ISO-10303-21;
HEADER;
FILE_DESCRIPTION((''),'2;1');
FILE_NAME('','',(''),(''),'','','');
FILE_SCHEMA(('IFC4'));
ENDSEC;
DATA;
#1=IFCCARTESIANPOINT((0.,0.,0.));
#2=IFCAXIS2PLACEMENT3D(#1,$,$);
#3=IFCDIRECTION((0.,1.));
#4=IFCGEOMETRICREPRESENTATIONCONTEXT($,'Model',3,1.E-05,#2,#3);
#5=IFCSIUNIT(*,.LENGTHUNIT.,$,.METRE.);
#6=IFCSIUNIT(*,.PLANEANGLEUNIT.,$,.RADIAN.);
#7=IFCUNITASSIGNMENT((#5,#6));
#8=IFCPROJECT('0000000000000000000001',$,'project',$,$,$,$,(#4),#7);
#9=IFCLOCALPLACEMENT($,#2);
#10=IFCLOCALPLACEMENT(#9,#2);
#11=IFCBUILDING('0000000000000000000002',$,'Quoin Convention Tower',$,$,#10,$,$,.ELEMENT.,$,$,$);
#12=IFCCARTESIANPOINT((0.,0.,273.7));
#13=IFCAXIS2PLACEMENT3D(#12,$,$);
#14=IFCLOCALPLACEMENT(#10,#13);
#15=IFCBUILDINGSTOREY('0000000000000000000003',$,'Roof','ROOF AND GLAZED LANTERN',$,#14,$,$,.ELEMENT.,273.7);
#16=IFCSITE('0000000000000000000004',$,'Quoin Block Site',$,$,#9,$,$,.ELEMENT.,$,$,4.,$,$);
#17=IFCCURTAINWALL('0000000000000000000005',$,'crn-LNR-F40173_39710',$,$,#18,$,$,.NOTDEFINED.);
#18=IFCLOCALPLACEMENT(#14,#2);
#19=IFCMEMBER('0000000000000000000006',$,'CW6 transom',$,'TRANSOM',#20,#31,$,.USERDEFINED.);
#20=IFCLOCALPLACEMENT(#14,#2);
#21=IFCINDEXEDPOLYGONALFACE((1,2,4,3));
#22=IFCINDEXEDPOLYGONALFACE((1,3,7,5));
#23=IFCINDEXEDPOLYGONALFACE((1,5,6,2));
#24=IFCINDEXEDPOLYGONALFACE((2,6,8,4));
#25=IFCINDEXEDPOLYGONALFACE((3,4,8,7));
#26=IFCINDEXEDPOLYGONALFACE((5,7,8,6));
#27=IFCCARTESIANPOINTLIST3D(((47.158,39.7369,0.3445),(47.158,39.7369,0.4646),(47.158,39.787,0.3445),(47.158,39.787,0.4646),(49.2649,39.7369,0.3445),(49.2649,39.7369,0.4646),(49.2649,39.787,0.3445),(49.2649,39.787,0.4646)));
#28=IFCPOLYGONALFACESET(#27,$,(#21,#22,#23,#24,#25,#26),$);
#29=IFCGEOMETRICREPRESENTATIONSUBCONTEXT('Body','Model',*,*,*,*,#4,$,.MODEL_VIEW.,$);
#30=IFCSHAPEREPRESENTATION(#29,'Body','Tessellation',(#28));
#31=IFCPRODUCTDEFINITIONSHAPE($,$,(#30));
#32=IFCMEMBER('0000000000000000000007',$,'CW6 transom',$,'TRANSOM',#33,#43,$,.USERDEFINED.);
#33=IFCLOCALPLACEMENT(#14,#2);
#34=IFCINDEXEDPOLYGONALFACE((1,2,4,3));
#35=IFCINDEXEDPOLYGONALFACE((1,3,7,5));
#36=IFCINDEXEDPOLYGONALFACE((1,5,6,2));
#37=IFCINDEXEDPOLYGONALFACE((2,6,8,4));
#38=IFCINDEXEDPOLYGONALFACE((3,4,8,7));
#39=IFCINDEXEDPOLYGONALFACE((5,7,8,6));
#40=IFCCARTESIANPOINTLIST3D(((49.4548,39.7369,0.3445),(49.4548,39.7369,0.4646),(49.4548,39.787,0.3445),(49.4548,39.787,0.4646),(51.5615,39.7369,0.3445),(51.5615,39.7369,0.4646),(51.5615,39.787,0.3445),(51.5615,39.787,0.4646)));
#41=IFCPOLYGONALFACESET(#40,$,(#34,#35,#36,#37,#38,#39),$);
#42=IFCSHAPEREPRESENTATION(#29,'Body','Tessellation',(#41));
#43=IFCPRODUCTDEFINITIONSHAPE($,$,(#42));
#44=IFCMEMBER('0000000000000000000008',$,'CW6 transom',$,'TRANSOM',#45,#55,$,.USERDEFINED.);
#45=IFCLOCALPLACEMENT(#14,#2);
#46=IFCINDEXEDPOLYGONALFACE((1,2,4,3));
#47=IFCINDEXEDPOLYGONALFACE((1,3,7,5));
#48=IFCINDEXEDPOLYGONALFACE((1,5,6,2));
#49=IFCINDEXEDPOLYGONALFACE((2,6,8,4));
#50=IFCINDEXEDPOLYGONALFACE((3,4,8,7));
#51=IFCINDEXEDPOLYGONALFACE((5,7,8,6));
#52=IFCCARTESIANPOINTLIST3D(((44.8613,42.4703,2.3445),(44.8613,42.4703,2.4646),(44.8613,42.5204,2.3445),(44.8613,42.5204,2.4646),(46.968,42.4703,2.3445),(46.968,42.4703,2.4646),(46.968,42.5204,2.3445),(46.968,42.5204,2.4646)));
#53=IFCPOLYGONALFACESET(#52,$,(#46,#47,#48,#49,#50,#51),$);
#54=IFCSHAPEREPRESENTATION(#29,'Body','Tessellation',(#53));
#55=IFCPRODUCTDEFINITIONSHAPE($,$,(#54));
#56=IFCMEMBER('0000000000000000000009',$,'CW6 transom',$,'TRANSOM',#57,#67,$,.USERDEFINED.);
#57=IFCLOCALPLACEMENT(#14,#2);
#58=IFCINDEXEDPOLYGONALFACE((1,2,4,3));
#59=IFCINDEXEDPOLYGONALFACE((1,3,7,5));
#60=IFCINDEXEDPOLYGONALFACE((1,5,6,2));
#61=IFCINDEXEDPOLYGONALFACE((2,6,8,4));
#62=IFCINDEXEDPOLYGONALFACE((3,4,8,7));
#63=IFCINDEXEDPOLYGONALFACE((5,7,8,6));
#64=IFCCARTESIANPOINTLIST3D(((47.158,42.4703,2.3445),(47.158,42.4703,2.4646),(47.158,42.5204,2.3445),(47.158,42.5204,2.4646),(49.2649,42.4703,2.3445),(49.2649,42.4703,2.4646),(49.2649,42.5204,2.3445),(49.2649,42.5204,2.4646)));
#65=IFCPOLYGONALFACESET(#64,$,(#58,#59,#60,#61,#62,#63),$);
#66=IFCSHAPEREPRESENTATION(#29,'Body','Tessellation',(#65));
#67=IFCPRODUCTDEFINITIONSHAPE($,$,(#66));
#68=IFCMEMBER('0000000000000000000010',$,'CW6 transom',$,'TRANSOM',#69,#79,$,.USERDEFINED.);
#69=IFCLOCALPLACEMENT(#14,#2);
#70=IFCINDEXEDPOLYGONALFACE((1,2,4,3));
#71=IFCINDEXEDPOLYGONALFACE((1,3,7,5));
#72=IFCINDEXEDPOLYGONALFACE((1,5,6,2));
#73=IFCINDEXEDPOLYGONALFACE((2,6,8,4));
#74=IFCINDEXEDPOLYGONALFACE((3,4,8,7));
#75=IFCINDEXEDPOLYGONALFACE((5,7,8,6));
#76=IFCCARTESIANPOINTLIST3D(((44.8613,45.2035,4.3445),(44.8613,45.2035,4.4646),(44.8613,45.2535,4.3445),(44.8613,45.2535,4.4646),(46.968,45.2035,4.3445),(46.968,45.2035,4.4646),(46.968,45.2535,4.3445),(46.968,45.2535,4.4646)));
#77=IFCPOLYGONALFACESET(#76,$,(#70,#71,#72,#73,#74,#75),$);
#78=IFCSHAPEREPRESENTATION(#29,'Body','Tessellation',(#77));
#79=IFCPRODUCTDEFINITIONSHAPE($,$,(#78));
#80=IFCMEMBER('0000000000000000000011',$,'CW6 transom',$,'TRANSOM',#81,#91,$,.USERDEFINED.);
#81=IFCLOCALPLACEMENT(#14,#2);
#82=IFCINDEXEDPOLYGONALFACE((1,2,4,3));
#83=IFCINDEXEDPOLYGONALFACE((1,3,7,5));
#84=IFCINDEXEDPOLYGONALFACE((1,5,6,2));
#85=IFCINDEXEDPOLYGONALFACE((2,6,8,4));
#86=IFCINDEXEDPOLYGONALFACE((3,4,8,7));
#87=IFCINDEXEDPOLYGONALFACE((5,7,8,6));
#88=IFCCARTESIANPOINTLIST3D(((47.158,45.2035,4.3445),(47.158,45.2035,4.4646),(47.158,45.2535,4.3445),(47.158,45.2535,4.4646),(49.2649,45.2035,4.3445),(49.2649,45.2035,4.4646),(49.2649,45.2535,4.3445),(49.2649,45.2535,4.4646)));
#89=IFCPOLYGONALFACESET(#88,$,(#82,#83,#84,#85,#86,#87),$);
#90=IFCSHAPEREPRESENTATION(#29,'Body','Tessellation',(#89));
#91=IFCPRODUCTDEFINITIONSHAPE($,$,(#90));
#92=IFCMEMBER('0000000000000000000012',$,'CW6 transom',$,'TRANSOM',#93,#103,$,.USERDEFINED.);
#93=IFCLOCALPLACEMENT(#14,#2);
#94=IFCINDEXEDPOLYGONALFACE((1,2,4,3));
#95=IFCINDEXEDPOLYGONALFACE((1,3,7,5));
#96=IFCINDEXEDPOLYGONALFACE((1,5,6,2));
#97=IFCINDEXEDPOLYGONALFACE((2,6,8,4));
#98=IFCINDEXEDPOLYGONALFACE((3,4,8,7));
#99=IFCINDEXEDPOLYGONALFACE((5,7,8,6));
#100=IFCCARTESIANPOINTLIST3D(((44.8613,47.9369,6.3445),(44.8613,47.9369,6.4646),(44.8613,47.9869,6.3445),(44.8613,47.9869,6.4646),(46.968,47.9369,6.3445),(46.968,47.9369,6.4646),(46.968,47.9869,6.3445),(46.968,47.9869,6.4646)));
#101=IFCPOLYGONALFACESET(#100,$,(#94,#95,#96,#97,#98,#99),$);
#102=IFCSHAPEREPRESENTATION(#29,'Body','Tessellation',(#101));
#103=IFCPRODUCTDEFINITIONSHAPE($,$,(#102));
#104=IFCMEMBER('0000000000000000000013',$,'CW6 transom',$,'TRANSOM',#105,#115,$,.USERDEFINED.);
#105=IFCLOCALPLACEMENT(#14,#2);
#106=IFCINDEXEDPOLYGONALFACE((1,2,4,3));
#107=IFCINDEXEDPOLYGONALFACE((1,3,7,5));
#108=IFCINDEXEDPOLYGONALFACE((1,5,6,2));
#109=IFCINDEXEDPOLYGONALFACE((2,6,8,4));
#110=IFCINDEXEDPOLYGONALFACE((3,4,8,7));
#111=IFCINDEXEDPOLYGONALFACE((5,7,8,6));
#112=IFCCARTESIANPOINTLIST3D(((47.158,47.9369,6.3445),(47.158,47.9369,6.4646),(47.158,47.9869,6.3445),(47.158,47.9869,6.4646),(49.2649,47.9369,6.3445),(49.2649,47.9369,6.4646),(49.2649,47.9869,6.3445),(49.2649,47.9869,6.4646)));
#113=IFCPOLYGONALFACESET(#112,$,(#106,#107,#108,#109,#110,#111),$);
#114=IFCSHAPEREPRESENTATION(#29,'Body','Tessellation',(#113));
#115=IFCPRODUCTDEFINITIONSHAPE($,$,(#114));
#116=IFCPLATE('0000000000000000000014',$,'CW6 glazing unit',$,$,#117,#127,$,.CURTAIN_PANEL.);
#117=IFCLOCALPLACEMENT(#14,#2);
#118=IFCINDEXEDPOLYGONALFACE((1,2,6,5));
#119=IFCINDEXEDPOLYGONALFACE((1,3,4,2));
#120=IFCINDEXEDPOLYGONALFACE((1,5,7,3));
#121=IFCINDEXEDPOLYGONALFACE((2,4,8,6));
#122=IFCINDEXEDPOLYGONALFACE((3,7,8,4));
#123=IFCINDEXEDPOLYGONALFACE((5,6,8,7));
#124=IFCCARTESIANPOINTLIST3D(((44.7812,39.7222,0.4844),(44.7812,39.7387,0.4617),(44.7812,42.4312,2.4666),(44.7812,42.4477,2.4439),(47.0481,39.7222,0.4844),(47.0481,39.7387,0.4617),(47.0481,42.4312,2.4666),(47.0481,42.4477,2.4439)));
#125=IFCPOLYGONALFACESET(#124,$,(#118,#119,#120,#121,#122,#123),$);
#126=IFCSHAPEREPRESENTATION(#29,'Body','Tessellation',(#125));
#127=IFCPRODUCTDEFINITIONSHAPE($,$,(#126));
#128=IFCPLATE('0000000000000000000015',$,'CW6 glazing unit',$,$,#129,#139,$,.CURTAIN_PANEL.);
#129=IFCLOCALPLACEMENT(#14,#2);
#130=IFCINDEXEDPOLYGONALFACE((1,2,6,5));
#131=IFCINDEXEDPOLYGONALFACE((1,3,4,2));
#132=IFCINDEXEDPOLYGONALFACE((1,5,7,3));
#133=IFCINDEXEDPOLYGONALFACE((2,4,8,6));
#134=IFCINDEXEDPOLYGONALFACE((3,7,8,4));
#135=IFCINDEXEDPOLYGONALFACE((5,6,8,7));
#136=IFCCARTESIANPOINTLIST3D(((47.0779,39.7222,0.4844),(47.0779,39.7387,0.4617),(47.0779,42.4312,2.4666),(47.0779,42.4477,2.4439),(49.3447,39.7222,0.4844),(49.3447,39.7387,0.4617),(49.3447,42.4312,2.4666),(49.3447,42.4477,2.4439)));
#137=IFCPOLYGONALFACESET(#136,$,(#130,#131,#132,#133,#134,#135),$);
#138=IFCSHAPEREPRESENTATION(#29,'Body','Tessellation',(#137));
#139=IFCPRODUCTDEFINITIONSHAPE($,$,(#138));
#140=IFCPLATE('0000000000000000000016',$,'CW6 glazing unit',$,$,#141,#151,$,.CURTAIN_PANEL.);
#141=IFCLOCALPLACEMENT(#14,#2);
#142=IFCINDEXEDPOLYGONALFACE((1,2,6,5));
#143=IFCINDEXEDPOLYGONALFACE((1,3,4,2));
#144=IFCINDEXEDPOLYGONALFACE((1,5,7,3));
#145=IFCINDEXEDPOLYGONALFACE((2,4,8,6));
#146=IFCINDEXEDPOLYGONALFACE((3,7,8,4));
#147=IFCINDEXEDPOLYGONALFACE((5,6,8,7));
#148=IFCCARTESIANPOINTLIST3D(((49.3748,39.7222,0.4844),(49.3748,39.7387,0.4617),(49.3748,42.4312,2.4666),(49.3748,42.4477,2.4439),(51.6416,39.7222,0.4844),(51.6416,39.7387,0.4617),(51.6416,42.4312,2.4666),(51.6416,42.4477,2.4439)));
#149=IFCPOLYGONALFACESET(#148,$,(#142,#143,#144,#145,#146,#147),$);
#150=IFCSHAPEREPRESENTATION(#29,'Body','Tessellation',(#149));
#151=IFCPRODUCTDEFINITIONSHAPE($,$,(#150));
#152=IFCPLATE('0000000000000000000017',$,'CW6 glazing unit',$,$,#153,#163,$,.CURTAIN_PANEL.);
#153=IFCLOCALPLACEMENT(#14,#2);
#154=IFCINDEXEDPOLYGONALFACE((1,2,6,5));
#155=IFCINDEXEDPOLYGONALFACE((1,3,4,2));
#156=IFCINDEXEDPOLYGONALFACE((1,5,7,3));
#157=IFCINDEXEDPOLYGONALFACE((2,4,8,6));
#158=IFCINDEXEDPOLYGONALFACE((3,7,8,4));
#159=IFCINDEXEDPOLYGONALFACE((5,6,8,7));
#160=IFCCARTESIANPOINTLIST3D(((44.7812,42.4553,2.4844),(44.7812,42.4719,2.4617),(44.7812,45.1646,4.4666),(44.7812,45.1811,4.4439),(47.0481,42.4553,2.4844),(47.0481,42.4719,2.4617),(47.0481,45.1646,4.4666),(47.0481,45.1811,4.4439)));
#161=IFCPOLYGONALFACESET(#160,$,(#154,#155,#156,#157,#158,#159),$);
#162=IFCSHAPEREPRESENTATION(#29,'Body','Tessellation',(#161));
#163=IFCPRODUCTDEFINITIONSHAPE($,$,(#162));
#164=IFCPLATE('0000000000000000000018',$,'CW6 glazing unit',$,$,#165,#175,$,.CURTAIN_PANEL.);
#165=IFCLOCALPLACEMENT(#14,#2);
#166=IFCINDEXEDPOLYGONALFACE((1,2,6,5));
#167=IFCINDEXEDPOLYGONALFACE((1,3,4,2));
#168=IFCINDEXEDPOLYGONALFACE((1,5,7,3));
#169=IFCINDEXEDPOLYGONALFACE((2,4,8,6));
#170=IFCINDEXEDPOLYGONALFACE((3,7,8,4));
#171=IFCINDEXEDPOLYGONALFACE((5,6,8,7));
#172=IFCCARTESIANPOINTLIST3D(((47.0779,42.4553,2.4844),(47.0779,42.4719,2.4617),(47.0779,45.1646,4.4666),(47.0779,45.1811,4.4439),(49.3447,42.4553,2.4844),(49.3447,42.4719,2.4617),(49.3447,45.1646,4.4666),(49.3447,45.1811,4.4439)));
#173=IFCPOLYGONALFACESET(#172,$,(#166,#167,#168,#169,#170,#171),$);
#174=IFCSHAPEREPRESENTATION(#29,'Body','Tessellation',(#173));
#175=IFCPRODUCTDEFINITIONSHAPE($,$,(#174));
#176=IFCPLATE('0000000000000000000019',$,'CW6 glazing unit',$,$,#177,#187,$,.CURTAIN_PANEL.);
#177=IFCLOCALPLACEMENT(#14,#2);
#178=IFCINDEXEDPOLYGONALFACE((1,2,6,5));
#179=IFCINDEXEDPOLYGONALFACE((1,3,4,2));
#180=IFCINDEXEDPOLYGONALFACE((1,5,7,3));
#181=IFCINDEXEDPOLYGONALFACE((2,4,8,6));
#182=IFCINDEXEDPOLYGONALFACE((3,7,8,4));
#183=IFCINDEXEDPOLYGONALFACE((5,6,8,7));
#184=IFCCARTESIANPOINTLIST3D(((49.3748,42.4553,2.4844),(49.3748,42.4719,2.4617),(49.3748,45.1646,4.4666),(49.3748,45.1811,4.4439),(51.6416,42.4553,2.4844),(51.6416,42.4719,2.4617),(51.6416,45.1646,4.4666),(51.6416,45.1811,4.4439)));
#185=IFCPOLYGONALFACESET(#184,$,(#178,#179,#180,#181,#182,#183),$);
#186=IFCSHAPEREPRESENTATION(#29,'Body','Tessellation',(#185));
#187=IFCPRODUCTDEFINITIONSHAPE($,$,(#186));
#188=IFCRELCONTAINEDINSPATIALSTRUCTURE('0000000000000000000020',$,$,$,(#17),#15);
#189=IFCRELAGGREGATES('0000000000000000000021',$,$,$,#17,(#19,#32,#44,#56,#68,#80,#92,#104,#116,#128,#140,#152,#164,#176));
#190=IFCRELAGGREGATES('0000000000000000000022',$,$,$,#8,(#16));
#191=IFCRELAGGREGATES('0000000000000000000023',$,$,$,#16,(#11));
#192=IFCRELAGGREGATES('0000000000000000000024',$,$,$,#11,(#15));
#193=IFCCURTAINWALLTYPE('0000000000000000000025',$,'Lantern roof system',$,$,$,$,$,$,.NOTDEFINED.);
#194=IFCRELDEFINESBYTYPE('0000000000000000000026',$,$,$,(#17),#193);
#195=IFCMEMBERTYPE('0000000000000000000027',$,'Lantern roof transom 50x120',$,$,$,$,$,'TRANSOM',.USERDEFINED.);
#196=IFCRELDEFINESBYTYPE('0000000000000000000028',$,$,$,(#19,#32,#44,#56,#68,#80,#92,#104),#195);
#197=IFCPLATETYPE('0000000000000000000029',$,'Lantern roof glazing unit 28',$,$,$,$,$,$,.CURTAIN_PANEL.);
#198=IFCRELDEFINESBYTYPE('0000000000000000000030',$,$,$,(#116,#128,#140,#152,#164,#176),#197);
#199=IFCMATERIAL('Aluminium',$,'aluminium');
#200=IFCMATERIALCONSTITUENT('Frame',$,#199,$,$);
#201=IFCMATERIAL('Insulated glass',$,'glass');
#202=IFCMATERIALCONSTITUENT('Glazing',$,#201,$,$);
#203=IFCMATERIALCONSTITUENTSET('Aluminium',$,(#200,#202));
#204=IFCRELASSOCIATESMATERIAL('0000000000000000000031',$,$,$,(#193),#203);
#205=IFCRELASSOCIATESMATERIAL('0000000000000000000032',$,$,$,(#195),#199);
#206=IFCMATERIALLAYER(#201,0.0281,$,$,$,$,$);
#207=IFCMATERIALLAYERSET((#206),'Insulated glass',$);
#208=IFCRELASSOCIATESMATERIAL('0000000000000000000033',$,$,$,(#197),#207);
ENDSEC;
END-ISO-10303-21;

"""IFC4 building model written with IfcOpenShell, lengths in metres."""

from ifc_helpers import new_model, si_unit, direction, frame, origin, origin_2d, place, context, subcontext, project, spatial, polyline, rectangle, outline, extrude, material, layer, layer_set, constituent, constituent_set, material_profile, profile_set, type_object, element, aggregate, save


model = new_model("IFC4")

# Units and contexts
model_context = context("Model", 3, precision=1e-05, world=origin(), true_north=direction((0.0, 1.0)))
body_context = subcontext(model_context, "Body", "Model", "MODEL_VIEW")
ifc_project = project(units=[si_unit("LENGTHUNIT", "METRE"), si_unit("PLANEANGLEUNIT", "RADIAN")], contexts=[model_context])

# Site, building, storey
site_placement = place(None, origin())
site = spatial("IfcSite", under=ifc_project, at=site_placement, Name="Quoin Block Site", CompositionType="ELEMENT", RefElevation=4.0)
building_placement = place(site_placement, origin())
building = spatial("IfcBuilding", under=site, at=building_placement, Name="Quoin Convention Tower", CompositionType="ELEMENT")
storey_placement = place(building_placement, frame((0.0, 0.0, 273.7)))
storey = spatial("IfcBuildingStorey", under=building, at=storey_placement, Name="Roof", Description="ROOF AND GLAZED LANTERN", CompositionType="ELEMENT", Elevation=273.7)

# Shared definitions
ifc_material_1 = material(Name="Aluminium", Category="aluminium")
ifc_constituent_1 = constituent(ifc_material_1, Name="Frame")
ifc_material_2 = material(Name="Insulated glass", Category="glass")
ifc_constituent_2 = constituent(ifc_material_2, Name="Glazing")
ifc_constituent_set = constituent_set(constituents=[ifc_constituent_1, ifc_constituent_2], Name="Aluminium")
curtain_wall_type = type_object("IfcCurtainWallType", Name="Lantern roof system", PredefinedType="NOTDEFINED", material=ifc_constituent_set)

# Curtain wall
curtain_wall_1_placement = place(storey_placement, origin())
curtain_wall_1 = element("IfcCurtainWall", 1, at=curtain_wall_1_placement, inside=storey, type_object=curtain_wall_type, Name="crn-LNR-F40173_39710", PredefinedType="NOTDEFINED")

# Members
ifc_material_profile_1 = material_profile(ifc_material_1, rectangle(XDim=0.1201, YDim=0.05, at=origin_2d()), Name="Lantern roof transom 50x120")
ifc_profile_set_1 = profile_set([ifc_material_profile_1], Name="Aluminium")
member_type_1 = type_object("IfcMemberType", Name="Lantern roof transom 50x120", ElementType="TRANSOM", PredefinedType="USERDEFINED", material=ifc_profile_set_1)
member_1_placement = place(storey_placement, frame((47.158, 39.762, 0.4045), z_axis=(1.0, 0.0, 0.0), x_axis=(0.0, 0.0, 1.0)))
member_1 = element("IfcMember", 2, at=member_1_placement, type_object=member_type_1, Name="CW6 transom", ObjectType="TRANSOM", PredefinedType="USERDEFINED", context=body_context, shape_type="SweptSolid", body=[
    extrude(rectangle(XDim=0.1201, YDim=0.05, at=origin_2d()), origin(), (0.0, 0.0, 1.0), 2.1069),
])
member_2_placement = place(storey_placement, frame((49.4548, 39.762, 0.4045), z_axis=(1.0, 0.0, 0.0), x_axis=(0.0, 0.0, 1.0)))
member_2 = element("IfcMember", 3, at=member_2_placement, type_object=member_type_1, Name="CW6 transom", ObjectType="TRANSOM", PredefinedType="USERDEFINED", context=body_context, shape_type="SweptSolid", body=[
    extrude(rectangle(XDim=0.1201, YDim=0.05, at=origin_2d()), origin(), (0.0, 0.0, 1.0), 2.1067),
])
member_3_placement = place(storey_placement, frame((44.8613, 42.4954, 2.4045), z_axis=(1.0, 0.0, 0.0), x_axis=(0.0, 0.0, 1.0)))
member_3 = element("IfcMember", 4, at=member_3_placement, type_object=member_type_1, Name="CW6 transom", ObjectType="TRANSOM", PredefinedType="USERDEFINED", context=body_context, shape_type="SweptSolid", body=[
    extrude(rectangle(XDim=0.1201, YDim=0.05, at=origin_2d()), origin(), (0.0, 0.0, 1.0), 2.1067),
])
member_4_placement = place(storey_placement, frame((47.158, 42.4954, 2.4045), z_axis=(1.0, 0.0, 0.0), x_axis=(0.0, 0.0, 1.0)))
member_4 = element("IfcMember", 5, at=member_4_placement, type_object=member_type_1, Name="CW6 transom", ObjectType="TRANSOM", PredefinedType="USERDEFINED", context=body_context, shape_type="SweptSolid", body=[
    extrude(rectangle(XDim=0.1201, YDim=0.05, at=origin_2d()), origin(), (0.0, 0.0, 1.0), 2.1069),
])
member_5_placement = place(storey_placement, frame((44.8613, 45.2285, 4.4045), z_axis=(1.0, 0.0, 0.0), x_axis=(0.0, 0.0, 1.0)))
member_5 = element("IfcMember", 6, at=member_5_placement, type_object=member_type_1, Name="CW6 transom", ObjectType="TRANSOM", PredefinedType="USERDEFINED", context=body_context, shape_type="SweptSolid", body=[
    extrude(rectangle(XDim=0.1201, YDim=0.05, at=origin_2d()), origin(), (0.0, 0.0, 1.0), 2.1067),
])
member_6_placement = place(storey_placement, frame((47.158, 45.2285, 4.4045), z_axis=(1.0, 0.0, 0.0), x_axis=(0.0, 0.0, 1.0)))
member_6 = element("IfcMember", 7, at=member_6_placement, type_object=member_type_1, Name="CW6 transom", ObjectType="TRANSOM", PredefinedType="USERDEFINED", context=body_context, shape_type="SweptSolid", body=[
    extrude(rectangle(XDim=0.1201, YDim=0.05, at=origin_2d()), origin(), (0.0, 0.0, 1.0), 2.1069),
])
member_7_placement = place(storey_placement, frame((44.8613, 47.9619, 6.4045), z_axis=(1.0, 0.0, 0.0), x_axis=(0.0, 0.0, 1.0)))
member_7 = element("IfcMember", 8, at=member_7_placement, type_object=member_type_1, Name="CW6 transom", ObjectType="TRANSOM", PredefinedType="USERDEFINED", context=body_context, shape_type="SweptSolid", body=[
    extrude(rectangle(XDim=0.1201, YDim=0.05, at=origin_2d()), origin(), (0.0, 0.0, 1.0), 2.1067),
])
member_8_placement = place(storey_placement, frame((47.158, 47.9619, 6.4045), z_axis=(1.0, 0.0, 0.0), x_axis=(0.0, 0.0, 1.0)))
member_8 = element("IfcMember", 9, at=member_8_placement, type_object=member_type_1, Name="CW6 transom", ObjectType="TRANSOM", PredefinedType="USERDEFINED", context=body_context, shape_type="SweptSolid", body=[
    extrude(rectangle(XDim=0.1201, YDim=0.05, at=origin_2d()), origin(), (0.0, 0.0, 1.0), 2.1069),
])

# Plates
ifc_layer = layer(ifc_material_2, 0.0281)
ifc_layer_set = layer_set([ifc_layer], Name="Insulated glass")
plate_type = type_object("IfcPlateType", Name="Lantern roof glazing unit 28", PredefinedType="CURTAIN_PANEL", material=ifc_layer_set)
plate_1_placement = place(storey_placement, frame((44.7812, 42.4312, 2.4666), z_axis=(0.0, -0.590509, 0.807031), x_axis=(1.0, 0.0, 0.0)))
plate_1 = element("IfcPlate", 10, at=plate_1_placement, type_object=plate_type, Name="CW6 glazing unit", PredefinedType="CURTAIN_PANEL", context=body_context, shape_type="SweptSolid", body=[
    extrude(outline(polyline([(0.0, 0.0), (2.2668, 0.0), (2.2668, -3.3567), (0.0, -3.3567), (0.0, 0.0)])), origin(), (0.0, 0.0, -1.0), 0.0281),
])
plate_2_placement = place(storey_placement, frame((47.0779, 42.4312, 2.4666), z_axis=(0.0, -0.590509, 0.807031), x_axis=(1.0, 0.0, 0.0)))
plate_2 = element("IfcPlate", 11, at=plate_2_placement, type_object=plate_type, Name="CW6 glazing unit", PredefinedType="CURTAIN_PANEL", context=body_context, shape_type="SweptSolid", body=[
    extrude(outline(polyline([(0.0, 0.0), (2.2668, 0.0), (2.2668, -3.3567), (0.0, -3.3567), (0.0, 0.0)])), origin(), (0.0, 0.0, -1.0), 0.0281),
])
plate_3_placement = place(storey_placement, frame((49.3748, 42.4312, 2.4666), z_axis=(0.0, -0.590509, 0.807031), x_axis=(1.0, 0.0, 0.0)))
plate_3 = element("IfcPlate", 12, at=plate_3_placement, type_object=plate_type, Name="CW6 glazing unit", PredefinedType="CURTAIN_PANEL", context=body_context, shape_type="SweptSolid", body=[
    extrude(outline(polyline([(0.0, 0.0), (2.2668, 0.0), (2.2668, -3.3567), (0.0, -3.3567), (0.0, 0.0)])), origin(), (0.0, 0.0, -1.0), 0.0281),
])
plate_4_placement = place(storey_placement, frame((44.7812, 42.4553, 2.4844), z_axis=(0.0, -0.590474, 0.807057), x_axis=(0.0, 0.807057, 0.590474)))
plate_4 = element("IfcPlate", 13, at=plate_4_placement, type_object=plate_type, Name="CW6 glazing unit", PredefinedType="CURTAIN_PANEL", context=body_context, shape_type="SweptSolid", body=[
    extrude(outline(polyline([(0.0, 0.0), (3.3569, 0.0), (3.3569, -2.2668), (0.0, -2.2668), (0.0, 0.0)])), origin(), (0.0, 0.0, -1.0), 0.0281),
])
plate_5_placement = place(storey_placement, frame((47.0779, 42.4553, 2.4844), z_axis=(0.0, -0.590474, 0.807057), x_axis=(0.0, 0.807057, 0.590474)))
plate_5 = element("IfcPlate", 14, at=plate_5_placement, type_object=plate_type, Name="CW6 glazing unit", PredefinedType="CURTAIN_PANEL", context=body_context, shape_type="SweptSolid", body=[
    extrude(outline(polyline([(0.0, 0.0), (3.3569, 0.0), (3.3569, -2.2668), (0.0, -2.2668), (0.0, 0.0)])), origin(), (0.0, 0.0, -1.0), 0.0281),
])
plate_6_placement = place(storey_placement, frame((49.3748, 42.4553, 2.4844), z_axis=(0.0, -0.590474, 0.807057), x_axis=(0.0, 0.807057, 0.590474)))
plate_6 = element("IfcPlate", 15, at=plate_6_placement, type_object=plate_type, Name="CW6 glazing unit", PredefinedType="CURTAIN_PANEL", context=body_context, shape_type="SweptSolid", body=[
    extrude(outline(polyline([(0.0, 0.0), (3.3569, 0.0), (3.3569, -2.2668), (0.0, -2.2668), (0.0, 0.0)])), origin(), (0.0, 0.0, -1.0), 0.0281),
])
aggregate(curtain_wall_1, [member_1, member_2, member_3, member_4, member_5, member_6, member_7, member_8, plate_1, plate_2, plate_3, plate_4, plate_5, plate_6])

save(model, "model.ifc")
